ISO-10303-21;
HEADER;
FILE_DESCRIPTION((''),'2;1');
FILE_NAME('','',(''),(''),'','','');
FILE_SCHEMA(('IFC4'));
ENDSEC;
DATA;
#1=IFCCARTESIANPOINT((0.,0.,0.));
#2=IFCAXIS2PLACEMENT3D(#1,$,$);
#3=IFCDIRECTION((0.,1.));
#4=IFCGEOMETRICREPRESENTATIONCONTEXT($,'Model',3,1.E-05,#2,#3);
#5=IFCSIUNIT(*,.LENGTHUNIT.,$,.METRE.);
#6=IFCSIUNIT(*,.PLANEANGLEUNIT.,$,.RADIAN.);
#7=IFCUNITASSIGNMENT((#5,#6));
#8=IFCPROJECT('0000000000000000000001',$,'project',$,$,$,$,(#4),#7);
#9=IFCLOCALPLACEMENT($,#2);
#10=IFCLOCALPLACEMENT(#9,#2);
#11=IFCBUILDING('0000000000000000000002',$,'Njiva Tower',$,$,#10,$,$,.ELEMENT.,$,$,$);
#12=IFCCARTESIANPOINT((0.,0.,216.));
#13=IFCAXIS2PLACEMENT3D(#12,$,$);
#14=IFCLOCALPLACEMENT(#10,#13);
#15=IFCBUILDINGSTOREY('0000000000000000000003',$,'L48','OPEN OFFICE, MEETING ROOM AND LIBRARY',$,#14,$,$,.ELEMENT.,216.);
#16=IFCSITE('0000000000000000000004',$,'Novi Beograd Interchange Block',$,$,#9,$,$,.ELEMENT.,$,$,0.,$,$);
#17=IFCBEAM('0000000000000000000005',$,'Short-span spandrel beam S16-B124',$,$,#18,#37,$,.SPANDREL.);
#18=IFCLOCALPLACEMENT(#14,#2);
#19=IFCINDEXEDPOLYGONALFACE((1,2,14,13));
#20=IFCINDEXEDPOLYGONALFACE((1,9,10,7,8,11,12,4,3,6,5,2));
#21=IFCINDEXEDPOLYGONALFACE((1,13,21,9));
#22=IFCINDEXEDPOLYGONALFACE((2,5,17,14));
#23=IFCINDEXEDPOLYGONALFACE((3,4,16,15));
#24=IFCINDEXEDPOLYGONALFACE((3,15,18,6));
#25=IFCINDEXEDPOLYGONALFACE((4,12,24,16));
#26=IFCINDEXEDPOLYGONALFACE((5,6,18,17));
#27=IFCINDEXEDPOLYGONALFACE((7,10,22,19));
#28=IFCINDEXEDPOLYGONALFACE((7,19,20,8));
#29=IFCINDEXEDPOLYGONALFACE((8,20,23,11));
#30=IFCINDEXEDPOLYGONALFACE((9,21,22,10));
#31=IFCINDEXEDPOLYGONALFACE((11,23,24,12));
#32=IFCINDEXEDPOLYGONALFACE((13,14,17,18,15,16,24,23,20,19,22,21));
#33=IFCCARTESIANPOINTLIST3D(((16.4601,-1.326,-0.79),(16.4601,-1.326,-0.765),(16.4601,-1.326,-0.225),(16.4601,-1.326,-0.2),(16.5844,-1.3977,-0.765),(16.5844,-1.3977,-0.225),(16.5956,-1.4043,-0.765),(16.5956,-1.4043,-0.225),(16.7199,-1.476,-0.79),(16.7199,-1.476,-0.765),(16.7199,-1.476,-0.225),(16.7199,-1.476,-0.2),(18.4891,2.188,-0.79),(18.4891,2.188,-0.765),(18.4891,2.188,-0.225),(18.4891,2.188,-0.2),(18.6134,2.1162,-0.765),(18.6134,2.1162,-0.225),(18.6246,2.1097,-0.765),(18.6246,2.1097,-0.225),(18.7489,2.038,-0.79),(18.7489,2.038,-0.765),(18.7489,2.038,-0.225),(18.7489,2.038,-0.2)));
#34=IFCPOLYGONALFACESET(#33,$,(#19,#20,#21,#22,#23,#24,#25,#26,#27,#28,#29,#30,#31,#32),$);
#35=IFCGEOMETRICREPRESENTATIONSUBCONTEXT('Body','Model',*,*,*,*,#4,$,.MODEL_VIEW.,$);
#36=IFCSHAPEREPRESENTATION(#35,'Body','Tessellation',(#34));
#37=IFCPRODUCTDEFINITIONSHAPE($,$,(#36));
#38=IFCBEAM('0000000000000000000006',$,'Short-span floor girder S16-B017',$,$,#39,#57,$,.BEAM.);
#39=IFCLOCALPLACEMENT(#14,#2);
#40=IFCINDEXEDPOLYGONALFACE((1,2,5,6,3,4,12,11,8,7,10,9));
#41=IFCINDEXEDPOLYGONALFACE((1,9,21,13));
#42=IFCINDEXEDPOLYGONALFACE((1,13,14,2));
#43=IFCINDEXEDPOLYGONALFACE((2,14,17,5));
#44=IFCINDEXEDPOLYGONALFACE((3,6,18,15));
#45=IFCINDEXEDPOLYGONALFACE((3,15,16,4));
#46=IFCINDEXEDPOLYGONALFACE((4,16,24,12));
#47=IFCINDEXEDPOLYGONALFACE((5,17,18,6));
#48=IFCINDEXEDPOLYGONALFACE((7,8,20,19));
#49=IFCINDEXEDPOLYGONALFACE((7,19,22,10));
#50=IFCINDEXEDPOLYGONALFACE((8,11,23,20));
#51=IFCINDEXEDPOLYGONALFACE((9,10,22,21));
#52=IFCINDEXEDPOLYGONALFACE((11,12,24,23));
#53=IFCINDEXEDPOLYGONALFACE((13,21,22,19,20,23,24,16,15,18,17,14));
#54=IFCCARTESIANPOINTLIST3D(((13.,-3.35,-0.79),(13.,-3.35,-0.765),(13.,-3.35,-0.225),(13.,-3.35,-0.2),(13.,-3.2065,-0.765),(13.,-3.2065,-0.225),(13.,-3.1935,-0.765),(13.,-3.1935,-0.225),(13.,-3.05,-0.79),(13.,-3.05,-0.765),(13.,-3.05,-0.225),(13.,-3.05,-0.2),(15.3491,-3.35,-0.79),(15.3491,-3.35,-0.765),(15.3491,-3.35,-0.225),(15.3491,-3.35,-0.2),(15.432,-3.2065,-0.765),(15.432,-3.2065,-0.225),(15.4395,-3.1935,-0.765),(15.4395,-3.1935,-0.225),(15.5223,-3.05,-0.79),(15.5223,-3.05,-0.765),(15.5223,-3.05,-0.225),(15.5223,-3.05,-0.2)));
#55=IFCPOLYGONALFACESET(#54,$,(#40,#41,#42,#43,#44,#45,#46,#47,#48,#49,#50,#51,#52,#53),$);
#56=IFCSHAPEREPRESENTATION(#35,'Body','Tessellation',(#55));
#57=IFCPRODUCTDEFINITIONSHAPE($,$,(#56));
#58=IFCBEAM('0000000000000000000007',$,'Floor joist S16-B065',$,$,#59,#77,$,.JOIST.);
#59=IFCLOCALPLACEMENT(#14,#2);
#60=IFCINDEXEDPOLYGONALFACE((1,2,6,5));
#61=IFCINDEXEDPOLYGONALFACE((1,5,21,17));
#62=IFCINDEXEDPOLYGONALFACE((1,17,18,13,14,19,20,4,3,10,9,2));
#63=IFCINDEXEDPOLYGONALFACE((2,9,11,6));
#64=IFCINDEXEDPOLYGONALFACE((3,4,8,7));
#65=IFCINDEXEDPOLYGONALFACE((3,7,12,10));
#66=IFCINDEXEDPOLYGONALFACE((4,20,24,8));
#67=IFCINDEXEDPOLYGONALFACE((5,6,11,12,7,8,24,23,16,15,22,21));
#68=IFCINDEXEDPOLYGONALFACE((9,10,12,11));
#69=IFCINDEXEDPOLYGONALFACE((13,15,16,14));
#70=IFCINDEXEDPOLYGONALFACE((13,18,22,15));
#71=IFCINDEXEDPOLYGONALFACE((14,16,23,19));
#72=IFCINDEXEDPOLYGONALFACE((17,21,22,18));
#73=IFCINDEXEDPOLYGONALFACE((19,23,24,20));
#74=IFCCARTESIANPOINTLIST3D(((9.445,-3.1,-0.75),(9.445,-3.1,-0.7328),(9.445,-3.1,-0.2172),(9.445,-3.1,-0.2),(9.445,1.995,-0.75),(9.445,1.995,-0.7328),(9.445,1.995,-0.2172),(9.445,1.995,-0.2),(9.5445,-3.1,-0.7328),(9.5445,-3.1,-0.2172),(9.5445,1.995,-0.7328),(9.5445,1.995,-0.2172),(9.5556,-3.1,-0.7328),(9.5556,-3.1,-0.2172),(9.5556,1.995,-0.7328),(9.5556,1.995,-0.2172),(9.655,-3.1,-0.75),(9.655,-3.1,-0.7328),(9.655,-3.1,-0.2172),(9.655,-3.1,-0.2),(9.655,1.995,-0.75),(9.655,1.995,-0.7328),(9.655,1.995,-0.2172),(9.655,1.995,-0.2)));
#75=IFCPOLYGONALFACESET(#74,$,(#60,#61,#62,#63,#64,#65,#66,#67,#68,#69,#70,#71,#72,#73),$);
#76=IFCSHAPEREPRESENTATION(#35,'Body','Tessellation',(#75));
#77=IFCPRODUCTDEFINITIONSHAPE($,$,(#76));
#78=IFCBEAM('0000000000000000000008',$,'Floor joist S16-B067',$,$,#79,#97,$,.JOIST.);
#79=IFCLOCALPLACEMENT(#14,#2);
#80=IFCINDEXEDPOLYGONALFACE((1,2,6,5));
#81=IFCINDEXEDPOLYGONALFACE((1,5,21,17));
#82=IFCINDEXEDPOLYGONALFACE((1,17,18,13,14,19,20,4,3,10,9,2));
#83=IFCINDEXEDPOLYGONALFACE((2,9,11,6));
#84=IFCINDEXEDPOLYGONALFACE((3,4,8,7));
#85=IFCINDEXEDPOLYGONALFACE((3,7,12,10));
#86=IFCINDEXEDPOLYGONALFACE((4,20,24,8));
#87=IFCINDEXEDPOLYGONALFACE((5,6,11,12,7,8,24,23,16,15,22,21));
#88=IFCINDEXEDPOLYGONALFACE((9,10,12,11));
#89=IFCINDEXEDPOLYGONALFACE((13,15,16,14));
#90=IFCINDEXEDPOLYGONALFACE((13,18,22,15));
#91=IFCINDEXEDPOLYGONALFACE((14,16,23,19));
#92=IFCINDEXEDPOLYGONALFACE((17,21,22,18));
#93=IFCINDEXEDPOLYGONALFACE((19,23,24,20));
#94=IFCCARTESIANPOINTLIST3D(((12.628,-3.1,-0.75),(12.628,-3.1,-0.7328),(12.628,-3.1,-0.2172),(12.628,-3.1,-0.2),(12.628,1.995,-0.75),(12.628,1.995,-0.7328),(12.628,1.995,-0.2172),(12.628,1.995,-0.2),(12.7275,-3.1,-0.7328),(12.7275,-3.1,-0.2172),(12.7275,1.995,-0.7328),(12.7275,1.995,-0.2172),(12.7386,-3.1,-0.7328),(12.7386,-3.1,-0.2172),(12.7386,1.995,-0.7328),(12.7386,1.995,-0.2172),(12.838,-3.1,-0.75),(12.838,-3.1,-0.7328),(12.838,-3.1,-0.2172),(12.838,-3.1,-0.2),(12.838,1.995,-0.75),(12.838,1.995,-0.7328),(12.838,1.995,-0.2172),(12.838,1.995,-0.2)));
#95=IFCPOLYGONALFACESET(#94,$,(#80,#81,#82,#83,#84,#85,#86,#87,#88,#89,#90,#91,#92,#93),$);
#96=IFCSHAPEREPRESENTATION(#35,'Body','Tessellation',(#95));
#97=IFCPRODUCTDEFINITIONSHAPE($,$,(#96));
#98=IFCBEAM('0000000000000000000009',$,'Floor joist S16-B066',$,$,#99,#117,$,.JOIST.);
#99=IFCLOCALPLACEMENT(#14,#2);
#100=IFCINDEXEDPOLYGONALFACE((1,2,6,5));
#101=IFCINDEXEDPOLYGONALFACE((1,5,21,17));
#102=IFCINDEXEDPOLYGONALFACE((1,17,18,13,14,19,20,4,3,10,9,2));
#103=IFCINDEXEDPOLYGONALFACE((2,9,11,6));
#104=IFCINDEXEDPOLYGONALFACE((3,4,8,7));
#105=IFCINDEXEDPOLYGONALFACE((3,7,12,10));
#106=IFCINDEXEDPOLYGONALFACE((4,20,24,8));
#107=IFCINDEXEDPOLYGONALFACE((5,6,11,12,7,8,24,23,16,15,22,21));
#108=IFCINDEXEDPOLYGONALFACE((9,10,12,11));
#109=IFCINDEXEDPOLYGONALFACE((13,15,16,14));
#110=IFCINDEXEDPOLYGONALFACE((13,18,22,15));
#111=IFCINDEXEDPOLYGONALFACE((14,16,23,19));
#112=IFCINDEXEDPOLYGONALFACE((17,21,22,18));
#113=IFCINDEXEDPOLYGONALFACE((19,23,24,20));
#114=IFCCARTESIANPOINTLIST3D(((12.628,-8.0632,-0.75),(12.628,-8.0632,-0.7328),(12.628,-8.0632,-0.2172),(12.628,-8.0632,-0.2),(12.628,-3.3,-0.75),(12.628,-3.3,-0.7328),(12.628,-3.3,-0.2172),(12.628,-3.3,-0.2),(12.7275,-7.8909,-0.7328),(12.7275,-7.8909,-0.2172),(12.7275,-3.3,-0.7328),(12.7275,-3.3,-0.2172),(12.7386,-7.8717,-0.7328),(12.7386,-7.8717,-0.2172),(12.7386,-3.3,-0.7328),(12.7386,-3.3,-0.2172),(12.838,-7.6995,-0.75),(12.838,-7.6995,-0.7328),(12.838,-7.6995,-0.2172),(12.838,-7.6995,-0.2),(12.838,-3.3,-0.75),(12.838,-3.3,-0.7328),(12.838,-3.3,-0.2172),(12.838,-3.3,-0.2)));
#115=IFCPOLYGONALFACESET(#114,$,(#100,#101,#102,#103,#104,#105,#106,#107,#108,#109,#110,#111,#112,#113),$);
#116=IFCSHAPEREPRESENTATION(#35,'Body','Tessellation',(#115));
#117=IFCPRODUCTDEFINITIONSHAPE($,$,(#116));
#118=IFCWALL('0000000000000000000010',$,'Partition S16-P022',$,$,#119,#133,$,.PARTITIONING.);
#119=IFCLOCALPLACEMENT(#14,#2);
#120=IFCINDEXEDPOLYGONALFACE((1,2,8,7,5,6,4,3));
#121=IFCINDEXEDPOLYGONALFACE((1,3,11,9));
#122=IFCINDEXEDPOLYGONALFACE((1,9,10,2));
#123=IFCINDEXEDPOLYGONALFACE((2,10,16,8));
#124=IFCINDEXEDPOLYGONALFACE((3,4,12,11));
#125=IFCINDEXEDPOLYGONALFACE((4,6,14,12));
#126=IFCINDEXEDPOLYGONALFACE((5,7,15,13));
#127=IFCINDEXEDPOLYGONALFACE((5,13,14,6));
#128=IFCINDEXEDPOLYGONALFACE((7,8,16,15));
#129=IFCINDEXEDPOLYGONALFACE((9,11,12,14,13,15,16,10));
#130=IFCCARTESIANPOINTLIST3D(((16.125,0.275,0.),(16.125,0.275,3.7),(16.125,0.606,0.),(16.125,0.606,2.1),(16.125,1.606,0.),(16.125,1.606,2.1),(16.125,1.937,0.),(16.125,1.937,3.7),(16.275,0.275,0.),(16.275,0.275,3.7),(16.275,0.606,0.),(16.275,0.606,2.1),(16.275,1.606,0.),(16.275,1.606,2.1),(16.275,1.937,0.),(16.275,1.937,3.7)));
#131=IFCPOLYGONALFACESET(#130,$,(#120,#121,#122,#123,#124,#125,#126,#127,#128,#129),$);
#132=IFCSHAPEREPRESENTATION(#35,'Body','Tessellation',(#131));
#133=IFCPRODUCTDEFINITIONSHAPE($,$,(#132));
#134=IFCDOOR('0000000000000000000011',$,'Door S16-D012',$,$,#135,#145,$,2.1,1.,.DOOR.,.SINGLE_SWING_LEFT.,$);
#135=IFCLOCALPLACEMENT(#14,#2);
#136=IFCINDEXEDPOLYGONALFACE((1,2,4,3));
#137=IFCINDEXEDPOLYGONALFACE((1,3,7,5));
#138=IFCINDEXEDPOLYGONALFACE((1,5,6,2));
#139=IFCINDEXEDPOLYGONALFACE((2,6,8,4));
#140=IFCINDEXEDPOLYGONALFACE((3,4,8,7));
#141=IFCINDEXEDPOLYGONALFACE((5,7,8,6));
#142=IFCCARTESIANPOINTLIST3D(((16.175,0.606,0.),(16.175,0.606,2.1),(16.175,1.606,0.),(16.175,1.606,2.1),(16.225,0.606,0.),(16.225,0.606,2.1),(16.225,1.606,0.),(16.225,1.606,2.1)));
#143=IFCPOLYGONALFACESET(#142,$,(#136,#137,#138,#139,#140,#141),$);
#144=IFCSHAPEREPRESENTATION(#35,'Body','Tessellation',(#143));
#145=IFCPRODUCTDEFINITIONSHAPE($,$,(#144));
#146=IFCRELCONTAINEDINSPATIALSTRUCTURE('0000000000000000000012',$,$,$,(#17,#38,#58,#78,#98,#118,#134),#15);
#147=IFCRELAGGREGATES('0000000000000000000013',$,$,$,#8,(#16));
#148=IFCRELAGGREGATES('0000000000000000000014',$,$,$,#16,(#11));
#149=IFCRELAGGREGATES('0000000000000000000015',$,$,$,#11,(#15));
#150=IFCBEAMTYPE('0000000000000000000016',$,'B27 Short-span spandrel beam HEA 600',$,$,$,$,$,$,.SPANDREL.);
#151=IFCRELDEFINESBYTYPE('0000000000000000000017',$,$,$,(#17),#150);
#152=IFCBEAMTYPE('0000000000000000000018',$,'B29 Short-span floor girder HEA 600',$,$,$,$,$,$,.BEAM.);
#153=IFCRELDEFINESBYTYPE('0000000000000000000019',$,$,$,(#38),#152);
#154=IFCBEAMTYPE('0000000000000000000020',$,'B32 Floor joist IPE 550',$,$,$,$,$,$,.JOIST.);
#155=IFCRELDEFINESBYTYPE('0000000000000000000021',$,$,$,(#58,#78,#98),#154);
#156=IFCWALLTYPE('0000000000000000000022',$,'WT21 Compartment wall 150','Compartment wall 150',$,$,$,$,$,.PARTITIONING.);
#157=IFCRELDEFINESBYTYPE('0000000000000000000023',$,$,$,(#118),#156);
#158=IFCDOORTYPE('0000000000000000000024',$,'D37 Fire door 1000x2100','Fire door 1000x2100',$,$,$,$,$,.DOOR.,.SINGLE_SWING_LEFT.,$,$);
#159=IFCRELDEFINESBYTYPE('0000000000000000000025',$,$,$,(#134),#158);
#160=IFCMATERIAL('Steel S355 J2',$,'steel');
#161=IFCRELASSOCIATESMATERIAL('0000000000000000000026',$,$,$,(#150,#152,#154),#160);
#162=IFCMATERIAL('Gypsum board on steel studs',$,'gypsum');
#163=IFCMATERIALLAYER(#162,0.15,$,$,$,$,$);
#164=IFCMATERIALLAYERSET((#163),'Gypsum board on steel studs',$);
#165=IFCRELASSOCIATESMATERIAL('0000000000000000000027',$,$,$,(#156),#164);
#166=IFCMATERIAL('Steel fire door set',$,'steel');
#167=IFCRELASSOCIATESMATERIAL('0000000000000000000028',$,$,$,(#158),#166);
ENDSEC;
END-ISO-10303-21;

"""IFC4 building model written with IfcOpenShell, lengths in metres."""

from ifc_helpers import new_model, si_unit, direction, frame, frame_2d, origin, origin_2d, place, context, subcontext, project, spatial, rectangle, i_section, extrude, clip, halfspace, material, layer, layer_set, material_profile, profile_set, type_object, element, fill, save


model = new_model("IFC4")

# Units and contexts
model_context = context("Model", 3, precision=1e-05, world=origin(), true_north=direction((0.0, 1.0)))
body_context = subcontext(model_context, "Body", "Model", "MODEL_VIEW")
ifc_project = project(units=[si_unit("LENGTHUNIT", "METRE"), si_unit("PLANEANGLEUNIT", "RADIAN")], contexts=[model_context])

# Site, building, storey
site_placement = place(None, origin())
site = spatial("IfcSite", under=ifc_project, at=site_placement, Name="Novi Beograd Interchange Block", CompositionType="ELEMENT", RefElevation=0.0)
building_placement = place(site_placement, origin())
building = spatial("IfcBuilding", under=site, at=building_placement, Name="Njiva Tower", CompositionType="ELEMENT")
storey_placement = place(building_placement, frame((0.0, 0.0, 216.0)))
storey = spatial("IfcBuildingStorey", under=building, at=storey_placement, Name="L48", Description="OPEN OFFICE, MEETING ROOM AND LIBRARY", CompositionType="ELEMENT", Elevation=216.0)

# Shared definitions
ifc_material_1 = material(Name="Steel S355 J2", Category="steel")

# Beams
ifc_material_profile_1 = material_profile(ifc_material_1, i_section(OverallWidth=0.3, OverallDepth=0.59, WebThickness=0.013, FlangeThickness=0.025, at=origin_2d()), Name="HEA 600")
ifc_profile_set_1 = profile_set([ifc_material_profile_1], Name="Steel S355 J2")
beam_type_1 = type_object("IfcBeamType", Name="B27 Short-span spandrel beam HEA 600", PredefinedType="SPANDREL", material=ifc_profile_set_1)
for number, where, z_axis, x_axis, name in (
    (1, (16.59, -1.401, -0.495), (0.500035, 0.866005, 0.0), (-0.866005, 0.500035, 0.0), "Short-span spandrel beam S16-B124"),
):
    element("IfcBeam", number, at=place(storey_placement, frame(where, z_axis=z_axis, x_axis=x_axis)), inside=storey, type_object=beam_type_1, Name=name, PredefinedType="SPANDREL", context=body_context, shape_type="SweptSolid", body=[
        extrude(i_section(OverallWidth=0.3, OverallDepth=0.59, WebThickness=0.013, FlangeThickness=0.025, at=origin_2d()), origin(), (0.0, 0.0, 1.0), 4.0577),
    ])
ifc_material_profile_2 = material_profile(ifc_material_1, i_section(OverallWidth=0.3, OverallDepth=0.59, WebThickness=0.013, FlangeThickness=0.025, at=origin_2d()), Name="HEA 600")
ifc_profile_set_2 = profile_set([ifc_material_profile_2], Name="Steel S355 J2")
beam_type_2 = type_object("IfcBeamType", Name="B29 Short-span floor girder HEA 600", PredefinedType="BEAM", material=ifc_profile_set_2)
beam_1_placement = place(storey_placement, frame((13.0, -3.2, -0.495), z_axis=(1.0, 0.0, 0.0), x_axis=(0.0, 1.0, 0.0)))
element("IfcBeam", 2, at=beam_1_placement, inside=storey, type_object=beam_type_2, Name="Short-span floor girder S16-B017", PredefinedType="BEAM", context=body_context, shape_type="Clipping", body=[
    clip(extrude(i_section(OverallWidth=0.3, OverallDepth=0.59, WebThickness=0.013, FlangeThickness=0.025, at=origin_2d()), origin(), (0.0, 0.0, 1.0), 2.543), halfspace(frame((-0.025, 0.0, 2.4213), z_axis=(-0.499998, 0.0, 0.866027), x_axis=(0.0, 1.0, 0.0)), False)),
])
ifc_material_profile_3 = material_profile(ifc_material_1, i_section(OverallWidth=0.21, OverallDepth=0.55, WebThickness=0.0111, FlangeThickness=0.0172, at=origin_2d()), Name="IPE 550")
ifc_profile_set_3 = profile_set([ifc_material_profile_3], Name="Steel S355 J2")
beam_type_3 = type_object("IfcBeamType", Name="B32 Floor joist IPE 550", PredefinedType="JOIST", material=ifc_profile_set_3)
for number, where, z_axis, x_axis, name in (
    (3, (9.55, 1.995, -0.475), (0.0, -1.0, 0.0), (1.0, 0.0, 0.0), "Floor joist S16-B065"),
    (4, (12.733, 1.995, -0.475), (0.0, -1.0, 0.0), (1.0, 0.0, 0.0), "Floor joist S16-B067"),
):
    element("IfcBeam", number, at=place(storey_placement, frame(where, z_axis=z_axis, x_axis=x_axis)), inside=storey, type_object=beam_type_3, Name=name, PredefinedType="JOIST", context=body_context, shape_type="SweptSolid", body=[
        extrude(i_section(OverallWidth=0.21, OverallDepth=0.55, WebThickness=0.0111, FlangeThickness=0.0172, at=origin_2d()), origin(), (0.0, 0.0, 1.0), 5.095),
    ])
beam_2_placement = place(storey_placement, frame((12.733, -3.3, -0.475), z_axis=(0.0, -1.0, 0.0), x_axis=(1.0, 0.0, 0.0)))
element("IfcBeam", 5, at=beam_2_placement, inside=storey, type_object=beam_type_3, Name="Floor joist S16-B066", PredefinedType="JOIST", context=body_context, shape_type="Clipping", body=[
    clip(extrude(i_section(OverallWidth=0.21, OverallDepth=0.55, WebThickness=0.0111, FlangeThickness=0.0172, at=origin_2d()), origin(), (0.0, 0.0, 1.0), 4.783), halfspace(frame((0.0436, 0.0, 4.5058), z_axis=(0.866027, 0.0, 0.499998), x_axis=(0.0, 1.0, 0.0)), False)),
])

# Wall, opening, door
ifc_material_2 = material(Name="Gypsum board on steel studs", Category="gypsum")
ifc_layer = layer(ifc_material_2, 0.15)
ifc_layer_set = layer_set([ifc_layer], Name="Gypsum board on steel studs")
wall_type = type_object("IfcWallType", Name="WT21 Compartment wall 150", Description="Compartment wall 150", PredefinedType="PARTITIONING", material=ifc_layer_set)
wall_1_placement = place(storey_placement, frame((16.2, 0.275, 0.0), z_axis=(0.0, 0.0, 1.0), x_axis=(0.0, 1.0, 0.0)))
wall_1 = element("IfcWall", 6, at=wall_1_placement, inside=storey, type_object=wall_type, Name="Partition S16-P022", PredefinedType="PARTITIONING", context=body_context, shape_type="SweptSolid", body=[
    extrude(rectangle(XDim=1.662, YDim=0.15, at=frame_2d((0.831, 0.0))), origin(), (0.0, 0.0, 1.0), 3.7),
])
opening_1_placement = place(wall_1_placement, frame((0.331, 0.0, 0.0)))
opening_1 = element("IfcOpeningElement", 7, at=opening_1_placement, cuts=wall_1, PredefinedType="OPENING", context=body_context, shape_type="SweptSolid", body=[
    extrude(rectangle(XDim=1.0, YDim=2.1, at=frame_2d((0.5, 1.05))), frame((0.0, 0.085, 0.0), z_axis=(0.0, -1.0, 0.0), x_axis=(1.0, 0.0, 0.0)), (0.0, 0.0, 1.0), 0.17),
])
ifc_material_3 = material(Name="Steel fire door set", Category="steel")
door_type = type_object("IfcDoorType", Name="D37 Fire door 1000x2100", Description="Fire door 1000x2100", OperationType="SINGLE_SWING_LEFT", PredefinedType="DOOR", material=ifc_material_3)
door_1_placement = place(opening_1_placement, origin())
door_1 = element("IfcDoor", 8, at=door_1_placement, inside=storey, type_object=door_type, Name="Door S16-D012", OperationType="SINGLE_SWING_LEFT", OverallHeight=2.1, OverallWidth=1.0, PredefinedType="DOOR", context=body_context, shape_type="SweptSolid", body=[
    extrude(rectangle(XDim=1.0, YDim=2.1, at=frame_2d((0.5, 1.05))), frame((0.0, 0.025, 0.0), z_axis=(0.0, -1.0, 0.0), x_axis=(1.0, 0.0, 0.0)), (0.0, 0.0, 1.0), 0.05),
])
fill(opening_1, door_1)

save(model, "model.ifc")
